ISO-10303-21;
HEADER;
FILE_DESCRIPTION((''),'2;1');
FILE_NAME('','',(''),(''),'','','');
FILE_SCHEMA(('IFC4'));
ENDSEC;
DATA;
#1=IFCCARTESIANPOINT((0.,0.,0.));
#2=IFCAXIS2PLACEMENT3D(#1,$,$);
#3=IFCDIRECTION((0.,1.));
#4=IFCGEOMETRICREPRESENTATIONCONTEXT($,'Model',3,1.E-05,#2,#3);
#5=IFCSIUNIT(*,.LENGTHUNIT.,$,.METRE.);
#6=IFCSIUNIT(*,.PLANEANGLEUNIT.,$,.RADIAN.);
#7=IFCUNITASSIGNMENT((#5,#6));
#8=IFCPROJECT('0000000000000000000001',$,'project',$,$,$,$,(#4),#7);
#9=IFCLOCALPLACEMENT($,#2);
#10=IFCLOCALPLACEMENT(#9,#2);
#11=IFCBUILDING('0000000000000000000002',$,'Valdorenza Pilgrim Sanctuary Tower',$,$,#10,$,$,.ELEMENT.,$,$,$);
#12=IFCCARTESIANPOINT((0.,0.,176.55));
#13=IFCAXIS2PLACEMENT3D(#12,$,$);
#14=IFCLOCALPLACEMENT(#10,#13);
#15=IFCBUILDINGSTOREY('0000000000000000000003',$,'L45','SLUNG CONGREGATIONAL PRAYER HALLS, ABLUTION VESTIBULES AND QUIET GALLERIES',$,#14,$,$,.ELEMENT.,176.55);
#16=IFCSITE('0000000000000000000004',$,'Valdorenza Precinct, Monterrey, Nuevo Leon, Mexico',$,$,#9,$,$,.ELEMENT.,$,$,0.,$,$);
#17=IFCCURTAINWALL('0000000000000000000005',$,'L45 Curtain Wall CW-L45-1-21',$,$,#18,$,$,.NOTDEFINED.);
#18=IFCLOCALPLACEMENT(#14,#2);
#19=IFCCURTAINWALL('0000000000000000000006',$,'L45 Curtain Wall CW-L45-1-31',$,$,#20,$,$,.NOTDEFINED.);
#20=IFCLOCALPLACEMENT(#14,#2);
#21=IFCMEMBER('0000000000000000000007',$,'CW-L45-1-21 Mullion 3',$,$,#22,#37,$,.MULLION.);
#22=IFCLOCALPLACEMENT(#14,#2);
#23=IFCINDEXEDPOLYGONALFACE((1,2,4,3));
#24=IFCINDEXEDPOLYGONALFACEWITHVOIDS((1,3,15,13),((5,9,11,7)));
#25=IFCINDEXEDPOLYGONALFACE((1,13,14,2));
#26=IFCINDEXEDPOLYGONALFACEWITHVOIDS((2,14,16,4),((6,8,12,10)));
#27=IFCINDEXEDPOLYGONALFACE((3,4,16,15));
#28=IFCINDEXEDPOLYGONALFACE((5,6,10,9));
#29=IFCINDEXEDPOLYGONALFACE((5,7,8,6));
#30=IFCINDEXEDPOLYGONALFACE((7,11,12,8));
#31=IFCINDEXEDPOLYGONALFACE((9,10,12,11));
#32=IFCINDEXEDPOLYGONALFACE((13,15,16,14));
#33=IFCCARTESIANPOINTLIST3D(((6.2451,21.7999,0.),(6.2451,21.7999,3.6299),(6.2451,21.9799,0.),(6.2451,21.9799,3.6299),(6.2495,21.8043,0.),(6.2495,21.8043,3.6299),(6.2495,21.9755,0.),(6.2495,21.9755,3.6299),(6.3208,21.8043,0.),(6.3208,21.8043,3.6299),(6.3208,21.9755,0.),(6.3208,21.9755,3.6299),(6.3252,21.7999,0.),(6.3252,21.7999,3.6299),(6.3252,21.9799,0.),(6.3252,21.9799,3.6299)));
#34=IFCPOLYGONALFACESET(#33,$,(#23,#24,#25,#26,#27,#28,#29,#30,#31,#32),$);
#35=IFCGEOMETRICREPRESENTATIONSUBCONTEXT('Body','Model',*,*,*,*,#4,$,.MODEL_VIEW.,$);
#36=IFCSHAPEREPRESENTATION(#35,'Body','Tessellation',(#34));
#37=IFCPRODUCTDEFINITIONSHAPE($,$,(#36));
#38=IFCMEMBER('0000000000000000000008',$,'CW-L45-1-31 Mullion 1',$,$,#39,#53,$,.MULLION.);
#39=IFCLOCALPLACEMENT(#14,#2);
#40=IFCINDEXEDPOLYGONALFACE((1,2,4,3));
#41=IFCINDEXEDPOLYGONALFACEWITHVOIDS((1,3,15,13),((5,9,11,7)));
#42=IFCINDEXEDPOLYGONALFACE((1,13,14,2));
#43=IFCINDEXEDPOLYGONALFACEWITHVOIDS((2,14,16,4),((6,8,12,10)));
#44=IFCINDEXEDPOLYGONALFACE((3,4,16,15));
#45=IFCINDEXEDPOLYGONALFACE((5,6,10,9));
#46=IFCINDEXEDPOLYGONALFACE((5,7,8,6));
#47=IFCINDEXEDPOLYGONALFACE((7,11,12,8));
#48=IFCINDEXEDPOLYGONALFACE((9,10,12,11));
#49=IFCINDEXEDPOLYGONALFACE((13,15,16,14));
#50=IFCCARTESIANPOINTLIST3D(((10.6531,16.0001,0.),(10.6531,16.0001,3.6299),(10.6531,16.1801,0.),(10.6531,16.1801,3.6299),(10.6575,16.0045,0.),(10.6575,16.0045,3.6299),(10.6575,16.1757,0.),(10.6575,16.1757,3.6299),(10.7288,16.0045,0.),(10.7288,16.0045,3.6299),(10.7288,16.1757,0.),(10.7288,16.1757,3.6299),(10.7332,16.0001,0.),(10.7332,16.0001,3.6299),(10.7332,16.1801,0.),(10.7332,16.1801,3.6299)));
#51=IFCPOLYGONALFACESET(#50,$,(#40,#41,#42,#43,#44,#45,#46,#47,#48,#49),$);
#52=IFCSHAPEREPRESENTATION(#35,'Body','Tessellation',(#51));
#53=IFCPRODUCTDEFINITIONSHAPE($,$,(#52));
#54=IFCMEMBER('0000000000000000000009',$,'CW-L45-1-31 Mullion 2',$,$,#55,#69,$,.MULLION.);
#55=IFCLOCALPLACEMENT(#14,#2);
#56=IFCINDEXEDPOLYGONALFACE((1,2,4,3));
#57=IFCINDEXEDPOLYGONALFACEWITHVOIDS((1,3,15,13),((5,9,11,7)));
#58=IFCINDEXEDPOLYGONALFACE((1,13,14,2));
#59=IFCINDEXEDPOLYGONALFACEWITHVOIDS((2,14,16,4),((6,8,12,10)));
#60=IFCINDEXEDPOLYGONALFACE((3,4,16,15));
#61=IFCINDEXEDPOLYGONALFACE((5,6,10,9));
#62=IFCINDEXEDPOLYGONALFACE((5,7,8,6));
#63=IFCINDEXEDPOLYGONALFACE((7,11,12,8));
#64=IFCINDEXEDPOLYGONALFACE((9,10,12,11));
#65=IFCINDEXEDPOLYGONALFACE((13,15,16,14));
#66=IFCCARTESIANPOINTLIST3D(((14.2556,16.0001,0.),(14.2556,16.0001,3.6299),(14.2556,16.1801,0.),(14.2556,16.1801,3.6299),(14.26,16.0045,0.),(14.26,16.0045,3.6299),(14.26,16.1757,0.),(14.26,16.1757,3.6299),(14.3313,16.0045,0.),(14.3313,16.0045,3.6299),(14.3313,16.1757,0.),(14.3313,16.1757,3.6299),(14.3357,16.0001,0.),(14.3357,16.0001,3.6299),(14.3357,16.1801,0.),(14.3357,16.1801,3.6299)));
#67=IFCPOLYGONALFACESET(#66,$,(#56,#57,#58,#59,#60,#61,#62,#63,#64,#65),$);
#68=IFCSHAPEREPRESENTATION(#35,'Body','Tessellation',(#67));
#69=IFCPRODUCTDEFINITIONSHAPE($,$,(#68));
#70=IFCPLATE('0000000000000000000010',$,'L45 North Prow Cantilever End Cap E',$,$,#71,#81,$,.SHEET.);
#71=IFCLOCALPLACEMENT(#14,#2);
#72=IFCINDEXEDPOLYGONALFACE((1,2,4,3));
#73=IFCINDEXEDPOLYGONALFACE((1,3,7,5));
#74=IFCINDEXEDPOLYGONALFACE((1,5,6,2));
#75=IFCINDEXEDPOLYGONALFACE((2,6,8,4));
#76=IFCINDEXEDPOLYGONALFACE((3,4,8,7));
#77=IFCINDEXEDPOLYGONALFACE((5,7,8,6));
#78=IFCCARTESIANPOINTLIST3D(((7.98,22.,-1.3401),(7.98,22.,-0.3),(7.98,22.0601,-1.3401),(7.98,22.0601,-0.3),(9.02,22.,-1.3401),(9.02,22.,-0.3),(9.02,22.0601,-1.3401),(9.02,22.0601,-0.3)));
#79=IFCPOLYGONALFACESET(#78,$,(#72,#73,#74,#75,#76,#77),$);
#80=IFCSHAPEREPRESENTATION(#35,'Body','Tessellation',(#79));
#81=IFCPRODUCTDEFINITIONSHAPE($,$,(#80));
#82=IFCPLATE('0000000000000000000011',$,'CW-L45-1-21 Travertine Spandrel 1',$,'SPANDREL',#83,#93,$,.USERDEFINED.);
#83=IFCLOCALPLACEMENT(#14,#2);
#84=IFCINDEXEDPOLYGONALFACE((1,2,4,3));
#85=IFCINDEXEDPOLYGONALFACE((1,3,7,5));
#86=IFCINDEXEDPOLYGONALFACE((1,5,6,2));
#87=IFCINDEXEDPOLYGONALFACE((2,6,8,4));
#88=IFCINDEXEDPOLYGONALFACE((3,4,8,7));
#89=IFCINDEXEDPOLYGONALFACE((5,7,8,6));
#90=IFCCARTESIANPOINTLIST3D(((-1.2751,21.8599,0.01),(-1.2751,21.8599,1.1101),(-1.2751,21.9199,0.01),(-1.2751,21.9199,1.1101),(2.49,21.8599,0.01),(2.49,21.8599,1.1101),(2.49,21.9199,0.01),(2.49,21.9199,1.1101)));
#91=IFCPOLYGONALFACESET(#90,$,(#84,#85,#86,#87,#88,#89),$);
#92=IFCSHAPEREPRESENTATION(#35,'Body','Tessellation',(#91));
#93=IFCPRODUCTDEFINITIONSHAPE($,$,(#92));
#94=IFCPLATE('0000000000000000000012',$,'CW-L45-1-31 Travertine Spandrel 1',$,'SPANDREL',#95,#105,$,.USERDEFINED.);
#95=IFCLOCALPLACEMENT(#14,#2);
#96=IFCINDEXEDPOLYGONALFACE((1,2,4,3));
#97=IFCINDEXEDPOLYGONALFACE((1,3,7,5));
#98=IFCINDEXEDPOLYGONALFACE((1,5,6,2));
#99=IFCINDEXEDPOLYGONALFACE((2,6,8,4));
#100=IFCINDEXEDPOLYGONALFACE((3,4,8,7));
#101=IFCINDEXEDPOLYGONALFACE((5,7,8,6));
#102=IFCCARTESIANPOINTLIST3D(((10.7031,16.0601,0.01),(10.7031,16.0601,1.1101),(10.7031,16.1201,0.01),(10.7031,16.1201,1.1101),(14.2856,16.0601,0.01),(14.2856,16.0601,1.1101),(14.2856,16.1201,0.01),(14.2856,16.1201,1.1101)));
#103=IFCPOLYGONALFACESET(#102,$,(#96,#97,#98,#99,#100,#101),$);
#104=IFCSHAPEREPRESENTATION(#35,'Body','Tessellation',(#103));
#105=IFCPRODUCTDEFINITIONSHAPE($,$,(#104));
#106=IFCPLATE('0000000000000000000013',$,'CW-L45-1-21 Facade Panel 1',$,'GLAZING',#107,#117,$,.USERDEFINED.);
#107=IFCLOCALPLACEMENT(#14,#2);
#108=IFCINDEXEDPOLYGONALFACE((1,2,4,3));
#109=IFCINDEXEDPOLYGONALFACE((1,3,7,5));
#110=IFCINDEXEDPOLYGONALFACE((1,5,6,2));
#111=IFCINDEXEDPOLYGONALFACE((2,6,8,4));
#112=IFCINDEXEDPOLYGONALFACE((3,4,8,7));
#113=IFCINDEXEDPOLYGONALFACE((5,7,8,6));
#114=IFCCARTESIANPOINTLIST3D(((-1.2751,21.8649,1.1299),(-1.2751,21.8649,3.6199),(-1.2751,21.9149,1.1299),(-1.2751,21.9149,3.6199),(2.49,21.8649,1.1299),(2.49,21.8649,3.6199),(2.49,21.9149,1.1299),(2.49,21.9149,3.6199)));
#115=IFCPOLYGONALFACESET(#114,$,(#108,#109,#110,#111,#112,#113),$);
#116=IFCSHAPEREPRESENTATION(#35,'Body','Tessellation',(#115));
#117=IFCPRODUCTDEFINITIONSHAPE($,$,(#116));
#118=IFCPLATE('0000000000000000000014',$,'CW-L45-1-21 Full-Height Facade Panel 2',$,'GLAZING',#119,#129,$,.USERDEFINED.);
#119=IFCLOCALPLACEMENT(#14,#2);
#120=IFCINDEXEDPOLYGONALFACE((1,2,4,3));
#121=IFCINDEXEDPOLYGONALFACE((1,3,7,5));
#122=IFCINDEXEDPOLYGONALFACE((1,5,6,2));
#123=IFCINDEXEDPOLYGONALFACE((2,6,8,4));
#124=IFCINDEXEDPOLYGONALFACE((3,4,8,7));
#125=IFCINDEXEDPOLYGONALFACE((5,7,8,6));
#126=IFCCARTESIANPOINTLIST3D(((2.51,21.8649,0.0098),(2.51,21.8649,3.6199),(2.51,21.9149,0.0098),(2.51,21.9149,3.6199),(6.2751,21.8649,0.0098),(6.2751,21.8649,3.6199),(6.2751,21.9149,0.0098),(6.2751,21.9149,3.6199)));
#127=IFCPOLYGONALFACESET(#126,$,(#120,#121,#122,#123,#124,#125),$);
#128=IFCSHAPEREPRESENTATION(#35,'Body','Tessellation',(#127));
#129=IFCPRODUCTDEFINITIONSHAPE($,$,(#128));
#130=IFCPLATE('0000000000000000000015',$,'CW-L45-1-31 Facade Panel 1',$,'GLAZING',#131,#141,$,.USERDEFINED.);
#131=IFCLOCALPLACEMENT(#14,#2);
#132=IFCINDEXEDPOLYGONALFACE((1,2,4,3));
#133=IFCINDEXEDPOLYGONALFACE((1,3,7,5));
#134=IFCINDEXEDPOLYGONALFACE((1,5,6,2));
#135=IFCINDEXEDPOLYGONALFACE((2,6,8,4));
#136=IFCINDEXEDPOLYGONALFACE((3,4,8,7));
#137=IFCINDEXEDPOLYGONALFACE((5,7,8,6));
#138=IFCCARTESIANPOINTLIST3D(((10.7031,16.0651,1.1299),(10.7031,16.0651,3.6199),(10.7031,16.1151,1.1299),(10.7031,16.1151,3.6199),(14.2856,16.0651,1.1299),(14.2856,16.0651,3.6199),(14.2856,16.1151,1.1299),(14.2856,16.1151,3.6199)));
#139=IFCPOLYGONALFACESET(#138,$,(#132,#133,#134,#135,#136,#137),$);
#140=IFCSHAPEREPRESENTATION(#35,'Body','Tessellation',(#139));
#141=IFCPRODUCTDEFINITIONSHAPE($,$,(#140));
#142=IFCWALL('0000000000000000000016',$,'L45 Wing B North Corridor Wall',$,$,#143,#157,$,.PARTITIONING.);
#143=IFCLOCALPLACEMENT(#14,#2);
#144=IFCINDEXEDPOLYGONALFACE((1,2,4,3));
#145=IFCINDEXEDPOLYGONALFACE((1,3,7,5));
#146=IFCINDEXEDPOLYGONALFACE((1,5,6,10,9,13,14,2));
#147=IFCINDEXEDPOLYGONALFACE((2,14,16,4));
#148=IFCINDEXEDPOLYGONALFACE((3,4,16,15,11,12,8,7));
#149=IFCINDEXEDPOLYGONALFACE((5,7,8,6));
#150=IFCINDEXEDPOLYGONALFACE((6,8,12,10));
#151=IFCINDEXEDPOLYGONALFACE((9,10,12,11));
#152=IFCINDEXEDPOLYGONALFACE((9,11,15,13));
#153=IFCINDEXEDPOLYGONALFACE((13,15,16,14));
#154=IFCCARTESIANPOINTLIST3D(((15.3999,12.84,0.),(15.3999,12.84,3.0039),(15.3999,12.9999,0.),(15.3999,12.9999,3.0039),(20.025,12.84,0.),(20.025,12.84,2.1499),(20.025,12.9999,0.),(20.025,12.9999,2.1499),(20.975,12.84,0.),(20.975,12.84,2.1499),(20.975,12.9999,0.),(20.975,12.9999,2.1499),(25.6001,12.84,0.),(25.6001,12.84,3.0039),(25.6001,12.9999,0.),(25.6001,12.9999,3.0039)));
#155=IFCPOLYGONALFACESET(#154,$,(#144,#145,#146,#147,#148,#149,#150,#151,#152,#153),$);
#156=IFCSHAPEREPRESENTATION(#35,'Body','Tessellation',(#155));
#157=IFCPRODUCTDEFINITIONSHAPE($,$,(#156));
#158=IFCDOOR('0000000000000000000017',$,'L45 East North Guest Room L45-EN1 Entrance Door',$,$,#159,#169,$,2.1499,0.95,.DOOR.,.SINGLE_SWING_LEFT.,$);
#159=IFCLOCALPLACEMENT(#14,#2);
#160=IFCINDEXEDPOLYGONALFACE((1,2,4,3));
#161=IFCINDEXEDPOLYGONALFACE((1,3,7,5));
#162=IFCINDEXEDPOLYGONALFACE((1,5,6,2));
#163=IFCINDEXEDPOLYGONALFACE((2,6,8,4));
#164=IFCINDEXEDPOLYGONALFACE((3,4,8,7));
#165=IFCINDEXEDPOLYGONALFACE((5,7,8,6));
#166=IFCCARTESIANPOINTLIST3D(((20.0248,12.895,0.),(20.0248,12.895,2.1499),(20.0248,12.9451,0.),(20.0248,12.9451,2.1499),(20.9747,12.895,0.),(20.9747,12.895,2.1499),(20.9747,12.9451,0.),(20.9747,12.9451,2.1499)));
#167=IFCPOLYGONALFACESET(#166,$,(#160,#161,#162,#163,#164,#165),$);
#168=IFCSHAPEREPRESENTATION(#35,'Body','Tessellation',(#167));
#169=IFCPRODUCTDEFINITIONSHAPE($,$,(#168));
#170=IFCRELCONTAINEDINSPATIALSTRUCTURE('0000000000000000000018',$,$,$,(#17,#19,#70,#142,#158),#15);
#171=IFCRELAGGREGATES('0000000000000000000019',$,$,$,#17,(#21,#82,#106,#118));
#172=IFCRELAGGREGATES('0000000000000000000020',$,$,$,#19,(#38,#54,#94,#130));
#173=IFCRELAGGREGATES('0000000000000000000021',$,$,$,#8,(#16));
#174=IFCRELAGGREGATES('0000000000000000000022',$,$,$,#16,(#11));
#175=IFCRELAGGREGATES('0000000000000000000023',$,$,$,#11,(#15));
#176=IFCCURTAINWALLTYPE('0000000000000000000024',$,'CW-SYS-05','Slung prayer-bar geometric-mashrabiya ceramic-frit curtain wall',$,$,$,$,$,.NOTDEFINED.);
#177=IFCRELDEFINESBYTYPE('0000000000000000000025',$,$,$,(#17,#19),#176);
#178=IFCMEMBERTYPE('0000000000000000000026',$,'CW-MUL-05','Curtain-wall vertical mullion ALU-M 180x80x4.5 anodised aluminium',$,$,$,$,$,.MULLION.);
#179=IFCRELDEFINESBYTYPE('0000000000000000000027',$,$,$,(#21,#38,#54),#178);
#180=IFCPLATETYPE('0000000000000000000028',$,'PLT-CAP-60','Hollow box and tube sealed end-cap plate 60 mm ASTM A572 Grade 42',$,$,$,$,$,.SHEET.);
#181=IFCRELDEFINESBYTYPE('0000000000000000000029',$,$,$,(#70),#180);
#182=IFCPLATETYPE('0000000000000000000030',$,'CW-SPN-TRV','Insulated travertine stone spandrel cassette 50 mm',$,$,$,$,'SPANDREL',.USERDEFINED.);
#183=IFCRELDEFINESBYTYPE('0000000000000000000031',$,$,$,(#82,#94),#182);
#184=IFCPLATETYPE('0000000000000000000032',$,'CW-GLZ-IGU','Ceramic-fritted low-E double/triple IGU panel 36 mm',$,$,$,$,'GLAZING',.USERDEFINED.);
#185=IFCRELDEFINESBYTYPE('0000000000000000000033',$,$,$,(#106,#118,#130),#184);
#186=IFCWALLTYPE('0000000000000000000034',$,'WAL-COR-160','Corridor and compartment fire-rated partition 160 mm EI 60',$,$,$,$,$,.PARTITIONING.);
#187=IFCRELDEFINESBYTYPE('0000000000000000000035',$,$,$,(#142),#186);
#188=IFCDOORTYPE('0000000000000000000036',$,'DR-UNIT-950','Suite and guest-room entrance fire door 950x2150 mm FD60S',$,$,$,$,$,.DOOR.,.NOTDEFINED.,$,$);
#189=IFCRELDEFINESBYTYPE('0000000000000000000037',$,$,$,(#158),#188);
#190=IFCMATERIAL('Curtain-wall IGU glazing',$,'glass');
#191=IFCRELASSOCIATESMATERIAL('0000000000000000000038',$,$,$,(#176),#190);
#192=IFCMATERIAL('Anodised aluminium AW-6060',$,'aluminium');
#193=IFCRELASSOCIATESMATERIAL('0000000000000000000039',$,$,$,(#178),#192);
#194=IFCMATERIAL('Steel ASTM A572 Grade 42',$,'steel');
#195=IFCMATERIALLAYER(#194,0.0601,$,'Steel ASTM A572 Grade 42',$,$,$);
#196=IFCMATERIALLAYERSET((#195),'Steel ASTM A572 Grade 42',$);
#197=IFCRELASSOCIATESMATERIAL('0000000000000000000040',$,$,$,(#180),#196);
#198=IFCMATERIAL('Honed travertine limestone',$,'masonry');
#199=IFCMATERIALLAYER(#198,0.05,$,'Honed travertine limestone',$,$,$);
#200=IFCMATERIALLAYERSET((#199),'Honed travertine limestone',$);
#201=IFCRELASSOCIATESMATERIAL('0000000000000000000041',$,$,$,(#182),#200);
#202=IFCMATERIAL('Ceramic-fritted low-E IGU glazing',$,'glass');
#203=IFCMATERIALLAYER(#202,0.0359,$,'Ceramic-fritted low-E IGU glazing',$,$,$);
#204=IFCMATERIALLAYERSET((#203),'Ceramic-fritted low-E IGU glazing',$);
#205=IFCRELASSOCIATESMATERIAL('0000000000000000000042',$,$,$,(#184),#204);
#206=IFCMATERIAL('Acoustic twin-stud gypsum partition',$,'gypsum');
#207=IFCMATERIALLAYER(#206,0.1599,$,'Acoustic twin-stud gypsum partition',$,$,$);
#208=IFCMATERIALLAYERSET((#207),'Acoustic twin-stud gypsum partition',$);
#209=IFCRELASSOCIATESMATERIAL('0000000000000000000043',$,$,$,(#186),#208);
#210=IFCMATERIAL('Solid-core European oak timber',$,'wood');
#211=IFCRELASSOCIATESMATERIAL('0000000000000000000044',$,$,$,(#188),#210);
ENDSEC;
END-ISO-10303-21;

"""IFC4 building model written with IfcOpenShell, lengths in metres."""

from ifc_helpers import new_model, si_unit, direction, frame, frame_2d, origin, origin_2d, place, context, subcontext, project, spatial, rectangle, hollow_rectangle, extrude, source, transform, mapped, material, layer, layer_set, material_profile, profile_set, type_object, element, fill, aggregate, save


model = new_model("IFC4")

# Units and contexts
model_context = context("Model", 3, precision=1e-05, world=origin(), true_north=direction((0.0, 1.0)))
body_context = subcontext(model_context, "Body", "Model", "MODEL_VIEW")
ifc_project = project(units=[si_unit("LENGTHUNIT", "METRE"), si_unit("PLANEANGLEUNIT", "RADIAN")], contexts=[model_context])

# Site, building, storey
site_placement = place(None, origin())
site = spatial("IfcSite", under=ifc_project, at=site_placement, Name="Valdorenza Precinct, Monterrey, Nuevo Leon, Mexico", CompositionType="ELEMENT", RefElevation=0.0)
building_placement = place(site_placement, origin())
building = spatial("IfcBuilding", under=site, at=building_placement, Name="Valdorenza Pilgrim Sanctuary Tower", CompositionType="ELEMENT")
storey_placement = place(building_placement, frame((0.0, 0.0, 176.55)))
storey = spatial("IfcBuildingStorey", under=building, at=storey_placement, Name="L45", Description="SLUNG CONGREGATIONAL PRAYER HALLS, ABLUTION VESTIBULES AND QUIET GALLERIES", CompositionType="ELEMENT", Elevation=176.55)

# Shared definitions
ifc_material_1 = material(Name="Steel ASTM A572 Grade 42", Category="steel")

# Curtain walls
ifc_material_2 = material(Name="Curtain-wall IGU glazing", Category="glass")
curtain_wall_type_1 = type_object("IfcCurtainWallType", Name="CW-SYS-05", Description="Slung prayer-bar geometric-mashrabiya ceramic-frit curtain wall", PredefinedType="NOTDEFINED", material=ifc_material_2)
curtain_wall_1_placement = place(storey_placement, origin())
curtain_wall_1 = element("IfcCurtainWall", 1, at=curtain_wall_1_placement, inside=storey, type_object=curtain_wall_type_1, Name="L45 Curtain Wall CW-L45-1-21", PredefinedType="NOTDEFINED")
ifc_material_3 = material(Name="Anodised aluminium AW-6060", Category="aluminium")
curtain_wall_2_placement = place(storey_placement, origin())
curtain_wall_2 = element("IfcCurtainWall", 2, at=curtain_wall_2_placement, inside=storey, type_object=curtain_wall_type_1, Name="L45 Curtain Wall CW-L45-1-31", PredefinedType="NOTDEFINED")

# Members
ifc_material_profile_1 = material_profile(ifc_material_3, hollow_rectangle(XDim=0.0801, YDim=0.1799, WallThickness=0.0044, at=origin_2d()), Name="ALU-M 180x80x4.5")
ifc_profile_set_1 = profile_set([ifc_material_profile_1], Name="Anodised aluminium AW-6060")
member_type_1 = type_object("IfcMemberType", Name="CW-MUL-05", Description="Curtain-wall vertical mullion ALU-M 180x80x4.5 anodised aluminium", PredefinedType="MULLION", material=ifc_profile_set_1)
shared_shape_1 = source(origin(), body_context, "Body", "SweptSolid", [
    extrude(hollow_rectangle(XDim=0.0801, YDim=0.1799, WallThickness=0.0044, at=origin_2d()), origin(), (0.0, 0.0, 1.0), 3.6299),
])
member_1_placement = place(storey_placement, frame((6.2852, 21.8899, 0.0), z_axis=(0.0, 0.0, 1.0), x_axis=(1.0, 0.0, 0.0)))
member_1 = element("IfcMember", 3, at=member_1_placement, type_object=member_type_1, Name="CW-L45-1-21 Mullion 3", PredefinedType="MULLION", context=body_context, shape_type="MappedRepresentation", body=[
    mapped(shared_shape_1, transform((0.0, 0.0, 0.0), x_axis=(1.0, 0.0, 0.0), y_axis=(0.0, 1.0, 0.0), z_axis=(0.0, 0.0, 1.0), scale=1.0)),
])
member_2_placement = place(storey_placement, frame((10.6931, 16.0901, 0.0), z_axis=(0.0, 0.0, 1.0), x_axis=(1.0, 0.0, 0.0)))
member_2 = element("IfcMember", 4, at=member_2_placement, type_object=member_type_1, Name="CW-L45-1-31 Mullion 1", PredefinedType="MULLION", context=body_context, shape_type="MappedRepresentation", body=[
    mapped(shared_shape_1, transform((0.0, 0.0, 0.0), x_axis=(1.0, 0.0, 0.0), y_axis=(0.0, 1.0, 0.0), z_axis=(0.0, 0.0, 1.0), scale=1.0)),
])
member_3_placement = place(storey_placement, frame((14.2957, 16.0901, 0.0), z_axis=(0.0, 0.0, 1.0), x_axis=(1.0, 0.0, 0.0)))
member_3 = element("IfcMember", 5, at=member_3_placement, type_object=member_type_1, Name="CW-L45-1-31 Mullion 2", PredefinedType="MULLION", context=body_context, shape_type="MappedRepresentation", body=[
    mapped(shared_shape_1, transform((0.0, 0.0, 0.0), x_axis=(1.0, 0.0, 0.0), y_axis=(0.0, 1.0, 0.0), z_axis=(0.0, 0.0, 1.0), scale=1.0)),
])

# Plates
ifc_layer_1 = layer(ifc_material_1, 0.0601, Name="Steel ASTM A572 Grade 42")
ifc_layer_set_1 = layer_set([ifc_layer_1], Name="Steel ASTM A572 Grade 42")
plate_type_1 = type_object("IfcPlateType", Name="PLT-CAP-60", Description="Hollow box and tube sealed end-cap plate 60 mm ASTM A572 Grade 42", PredefinedType="SHEET", material=ifc_layer_set_1)
shared_shape_2 = source(origin(), body_context, "Body", "SweptSolid", [
    extrude(rectangle(XDim=1.04, YDim=0.0601, at=origin_2d()), origin(), (0.0, 0.0, 1.0), 1.04),
])
plate_1_placement = place(storey_placement, frame((8.5, 22.03, -1.3401), z_axis=(0.0, 0.0, 1.0), x_axis=(1.0, 0.0, 0.0)))
element("IfcPlate", 6, at=plate_1_placement, inside=storey, type_object=plate_type_1, Name="L45 North Prow Cantilever End Cap E", PredefinedType="SHEET", context=body_context, shape_type="MappedRepresentation", body=[
    mapped(shared_shape_2, transform((0.0, 0.0, 0.0), x_axis=(1.0, 0.0, 0.0), y_axis=(0.0, 1.0, 0.0), z_axis=(0.0, 0.0, 1.0), scale=1.0)),
])
ifc_material_4 = material(Name="Honed travertine limestone", Category="masonry")
ifc_layer_2 = layer(ifc_material_4, 0.05, Name="Honed travertine limestone")
ifc_layer_set_2 = layer_set([ifc_layer_2], Name="Honed travertine limestone")
plate_type_2 = type_object("IfcPlateType", Name="CW-SPN-TRV", Description="Insulated travertine stone spandrel cassette 50 mm", ElementType="SPANDREL", PredefinedType="USERDEFINED", material=ifc_layer_set_2)
shared_shape_3 = source(origin(), body_context, "Body", "SweptSolid", [
    extrude(rectangle(XDim=3.7651, YDim=0.0601, at=origin_2d()), origin(), (0.0, 0.0, 1.0), 1.1001),
])
plate_2_placement = place(storey_placement, frame((0.6074, 21.8899, 0.01), z_axis=(0.0, 0.0, 1.0), x_axis=(1.0, 0.0, 0.0)))
plate_2 = element("IfcPlate", 7, at=plate_2_placement, type_object=plate_type_2, Name="CW-L45-1-21 Travertine Spandrel 1", ObjectType="SPANDREL", PredefinedType="USERDEFINED", context=body_context, shape_type="MappedRepresentation", body=[
    mapped(shared_shape_3, transform((0.0, 0.0, 0.0), x_axis=(1.0, 0.0, 0.0), y_axis=(0.0, 1.0, 0.0), z_axis=(0.0, 0.0, 1.0), scale=1.0)),
])
shared_shape_4 = source(origin(), body_context, "Body", "SweptSolid", [
    extrude(rectangle(XDim=3.5825, YDim=0.0601, at=origin_2d()), origin(), (0.0, 0.0, 1.0), 1.1001),
])
plate_3_placement = place(storey_placement, frame((12.4944, 16.0901, 0.01), z_axis=(0.0, 0.0, 1.0), x_axis=(1.0, 0.0, 0.0)))
plate_3 = element("IfcPlate", 8, at=plate_3_placement, type_object=plate_type_2, Name="CW-L45-1-31 Travertine Spandrel 1", ObjectType="SPANDREL", PredefinedType="USERDEFINED", context=body_context, shape_type="MappedRepresentation", body=[
    mapped(shared_shape_4, transform((0.0, 0.0, 0.0), x_axis=(1.0, 0.0, 0.0), y_axis=(0.0, 1.0, 0.0), z_axis=(0.0, 0.0, 1.0), scale=1.0)),
])
ifc_material_5 = material(Name="Ceramic-fritted low-E IGU glazing", Category="glass")
ifc_layer_3 = layer(ifc_material_5, 0.0359, Name="Ceramic-fritted low-E IGU glazing")
ifc_layer_set_3 = layer_set([ifc_layer_3], Name="Ceramic-fritted low-E IGU glazing")
plate_type_3 = type_object("IfcPlateType", Name="CW-GLZ-IGU", Description="Ceramic-fritted low-E double/triple IGU panel 36 mm", ElementType="GLAZING", PredefinedType="USERDEFINED", material=ifc_layer_set_3)
shared_shape_5 = source(origin(), body_context, "Body", "SweptSolid", [
    extrude(rectangle(XDim=3.7651, YDim=0.05, at=origin_2d()), origin(), (0.0, 0.0, 1.0), 2.49),
])
plate_4_placement = place(storey_placement, frame((0.6074, 21.8899, 1.1299), z_axis=(0.0, 0.0, 1.0), x_axis=(1.0, 0.0, 0.0)))
plate_4 = element("IfcPlate", 9, at=plate_4_placement, type_object=plate_type_3, Name="CW-L45-1-21 Facade Panel 1", ObjectType="GLAZING", PredefinedType="USERDEFINED", context=body_context, shape_type="MappedRepresentation", body=[
    mapped(shared_shape_5, transform((0.0, 0.0, 0.0), x_axis=(1.0, 0.0, 0.0), y_axis=(0.0, 1.0, 0.0), z_axis=(0.0, 0.0, 1.0), scale=1.0)),
])
shared_shape_6 = source(origin(), body_context, "Body", "SweptSolid", [
    extrude(rectangle(XDim=3.7651, YDim=0.05, at=origin_2d()), origin(), (0.0, 0.0, 1.0), 3.6101),
])
plate_5_placement = place(storey_placement, frame((4.3926, 21.8899, 0.0098), z_axis=(0.0, 0.0, 1.0), x_axis=(1.0, 0.0, 0.0)))
plate_5 = element("IfcPlate", 10, at=plate_5_placement, type_object=plate_type_3, Name="CW-L45-1-21 Full-Height Facade Panel 2", ObjectType="GLAZING", PredefinedType="USERDEFINED", context=body_context, shape_type="MappedRepresentation", body=[
    mapped(shared_shape_6, transform((0.0, 0.0, 0.0), x_axis=(1.0, 0.0, 0.0), y_axis=(0.0, 1.0, 0.0), z_axis=(0.0, 0.0, 1.0), scale=1.0)),
])
aggregate(curtain_wall_1, [member_1, plate_2, plate_4, plate_5])
shared_shape_7 = source(origin(), body_context, "Body", "SweptSolid", [
    extrude(rectangle(XDim=3.5825, YDim=0.05, at=origin_2d()), origin(), (0.0, 0.0, 1.0), 2.49),
])
plate_6_placement = place(storey_placement, frame((12.4944, 16.0901, 1.1299), z_axis=(0.0, 0.0, 1.0), x_axis=(1.0, 0.0, 0.0)))
plate_6 = element("IfcPlate", 11, at=plate_6_placement, type_object=plate_type_3, Name="CW-L45-1-31 Facade Panel 1", ObjectType="GLAZING", PredefinedType="USERDEFINED", context=body_context, shape_type="MappedRepresentation", body=[
    mapped(shared_shape_7, transform((0.0, 0.0, 0.0), x_axis=(1.0, 0.0, 0.0), y_axis=(0.0, 1.0, 0.0), z_axis=(0.0, 0.0, 1.0), scale=1.0)),
])
aggregate(curtain_wall_2, [member_2, member_3, plate_3, plate_6])

# Wall, opening, door
ifc_material_6 = material(Name="Acoustic twin-stud gypsum partition", Category="gypsum")
ifc_layer_4 = layer(ifc_material_6, 0.1599, Name="Acoustic twin-stud gypsum partition")
ifc_layer_set_4 = layer_set([ifc_layer_4], Name="Acoustic twin-stud gypsum partition")
wall_type_1 = type_object("IfcWallType", Name="WAL-COR-160", Description="Corridor and compartment fire-rated partition 160 mm EI 60", PredefinedType="PARTITIONING", material=ifc_layer_set_4)
wall_1_placement = place(storey_placement, frame((15.3999, 12.9199, 0.0), z_axis=(0.0, 0.0, 1.0), x_axis=(1.0, 0.0, 0.0)))
wall_1 = element("IfcWall", 12, at=wall_1_placement, inside=storey, type_object=wall_type_1, Name="L45 Wing B North Corridor Wall", PredefinedType="PARTITIONING", context=body_context, shape_type="SweptSolid", body=[
    extrude(rectangle(XDim=10.2002, YDim=0.1599, at=frame_2d((5.1001, 0.0))), origin(), (0.0, 0.0, 1.0), 3.0039),
])
opening_1_placement = place(wall_1_placement, frame((4.625, 0.0, 0.0)))
opening_1 = element("IfcOpeningElement", 13, at=opening_1_placement, cuts=wall_1, PredefinedType="OPENING", context=body_context, shape_type="SweptSolid", body=[
    extrude(rectangle(XDim=0.95, YDim=2.1499, at=frame_2d((0.4751, 1.075))), frame((0.0, 0.0947, 0.0), z_axis=(0.0, -1.0, 0.0), x_axis=(1.0, 0.0, 0.0)), (0.0, 0.0, 1.0), 0.1897),
])
ifc_material_7 = material(Name="Solid-core European oak timber", Category="wood")
door_type_1 = type_object("IfcDoorType", Name="DR-UNIT-950", Description="Suite and guest-room entrance fire door 950x2150 mm FD60S", OperationType="NOTDEFINED", PredefinedType="DOOR", material=ifc_material_7)
door_1_placement = place(opening_1_placement, frame((0.95, 0.0, 0.0), z_axis=(0.0, 0.0, 1.0), x_axis=(-1.0, 0.0, 0.0)))
door_1 = element("IfcDoor", 14, at=door_1_placement, inside=storey, type_object=door_type_1, Name="L45 East North Guest Room L45-EN1 Entrance Door", OperationType="SINGLE_SWING_LEFT", OverallHeight=2.1499, OverallWidth=0.95, PredefinedType="DOOR", context=body_context, shape_type="SweptSolid", body=[
    extrude(rectangle(XDim=0.95, YDim=2.1499, at=frame_2d((0.4751, 1.075))), frame((0.0, 0.0249, 0.0), z_axis=(0.0, -1.0, 0.0), x_axis=(1.0, 0.0, 0.0)), (0.0, 0.0, 1.0), 0.05),
])
fill(opening_1, door_1)

save(model, "model.ifc")
